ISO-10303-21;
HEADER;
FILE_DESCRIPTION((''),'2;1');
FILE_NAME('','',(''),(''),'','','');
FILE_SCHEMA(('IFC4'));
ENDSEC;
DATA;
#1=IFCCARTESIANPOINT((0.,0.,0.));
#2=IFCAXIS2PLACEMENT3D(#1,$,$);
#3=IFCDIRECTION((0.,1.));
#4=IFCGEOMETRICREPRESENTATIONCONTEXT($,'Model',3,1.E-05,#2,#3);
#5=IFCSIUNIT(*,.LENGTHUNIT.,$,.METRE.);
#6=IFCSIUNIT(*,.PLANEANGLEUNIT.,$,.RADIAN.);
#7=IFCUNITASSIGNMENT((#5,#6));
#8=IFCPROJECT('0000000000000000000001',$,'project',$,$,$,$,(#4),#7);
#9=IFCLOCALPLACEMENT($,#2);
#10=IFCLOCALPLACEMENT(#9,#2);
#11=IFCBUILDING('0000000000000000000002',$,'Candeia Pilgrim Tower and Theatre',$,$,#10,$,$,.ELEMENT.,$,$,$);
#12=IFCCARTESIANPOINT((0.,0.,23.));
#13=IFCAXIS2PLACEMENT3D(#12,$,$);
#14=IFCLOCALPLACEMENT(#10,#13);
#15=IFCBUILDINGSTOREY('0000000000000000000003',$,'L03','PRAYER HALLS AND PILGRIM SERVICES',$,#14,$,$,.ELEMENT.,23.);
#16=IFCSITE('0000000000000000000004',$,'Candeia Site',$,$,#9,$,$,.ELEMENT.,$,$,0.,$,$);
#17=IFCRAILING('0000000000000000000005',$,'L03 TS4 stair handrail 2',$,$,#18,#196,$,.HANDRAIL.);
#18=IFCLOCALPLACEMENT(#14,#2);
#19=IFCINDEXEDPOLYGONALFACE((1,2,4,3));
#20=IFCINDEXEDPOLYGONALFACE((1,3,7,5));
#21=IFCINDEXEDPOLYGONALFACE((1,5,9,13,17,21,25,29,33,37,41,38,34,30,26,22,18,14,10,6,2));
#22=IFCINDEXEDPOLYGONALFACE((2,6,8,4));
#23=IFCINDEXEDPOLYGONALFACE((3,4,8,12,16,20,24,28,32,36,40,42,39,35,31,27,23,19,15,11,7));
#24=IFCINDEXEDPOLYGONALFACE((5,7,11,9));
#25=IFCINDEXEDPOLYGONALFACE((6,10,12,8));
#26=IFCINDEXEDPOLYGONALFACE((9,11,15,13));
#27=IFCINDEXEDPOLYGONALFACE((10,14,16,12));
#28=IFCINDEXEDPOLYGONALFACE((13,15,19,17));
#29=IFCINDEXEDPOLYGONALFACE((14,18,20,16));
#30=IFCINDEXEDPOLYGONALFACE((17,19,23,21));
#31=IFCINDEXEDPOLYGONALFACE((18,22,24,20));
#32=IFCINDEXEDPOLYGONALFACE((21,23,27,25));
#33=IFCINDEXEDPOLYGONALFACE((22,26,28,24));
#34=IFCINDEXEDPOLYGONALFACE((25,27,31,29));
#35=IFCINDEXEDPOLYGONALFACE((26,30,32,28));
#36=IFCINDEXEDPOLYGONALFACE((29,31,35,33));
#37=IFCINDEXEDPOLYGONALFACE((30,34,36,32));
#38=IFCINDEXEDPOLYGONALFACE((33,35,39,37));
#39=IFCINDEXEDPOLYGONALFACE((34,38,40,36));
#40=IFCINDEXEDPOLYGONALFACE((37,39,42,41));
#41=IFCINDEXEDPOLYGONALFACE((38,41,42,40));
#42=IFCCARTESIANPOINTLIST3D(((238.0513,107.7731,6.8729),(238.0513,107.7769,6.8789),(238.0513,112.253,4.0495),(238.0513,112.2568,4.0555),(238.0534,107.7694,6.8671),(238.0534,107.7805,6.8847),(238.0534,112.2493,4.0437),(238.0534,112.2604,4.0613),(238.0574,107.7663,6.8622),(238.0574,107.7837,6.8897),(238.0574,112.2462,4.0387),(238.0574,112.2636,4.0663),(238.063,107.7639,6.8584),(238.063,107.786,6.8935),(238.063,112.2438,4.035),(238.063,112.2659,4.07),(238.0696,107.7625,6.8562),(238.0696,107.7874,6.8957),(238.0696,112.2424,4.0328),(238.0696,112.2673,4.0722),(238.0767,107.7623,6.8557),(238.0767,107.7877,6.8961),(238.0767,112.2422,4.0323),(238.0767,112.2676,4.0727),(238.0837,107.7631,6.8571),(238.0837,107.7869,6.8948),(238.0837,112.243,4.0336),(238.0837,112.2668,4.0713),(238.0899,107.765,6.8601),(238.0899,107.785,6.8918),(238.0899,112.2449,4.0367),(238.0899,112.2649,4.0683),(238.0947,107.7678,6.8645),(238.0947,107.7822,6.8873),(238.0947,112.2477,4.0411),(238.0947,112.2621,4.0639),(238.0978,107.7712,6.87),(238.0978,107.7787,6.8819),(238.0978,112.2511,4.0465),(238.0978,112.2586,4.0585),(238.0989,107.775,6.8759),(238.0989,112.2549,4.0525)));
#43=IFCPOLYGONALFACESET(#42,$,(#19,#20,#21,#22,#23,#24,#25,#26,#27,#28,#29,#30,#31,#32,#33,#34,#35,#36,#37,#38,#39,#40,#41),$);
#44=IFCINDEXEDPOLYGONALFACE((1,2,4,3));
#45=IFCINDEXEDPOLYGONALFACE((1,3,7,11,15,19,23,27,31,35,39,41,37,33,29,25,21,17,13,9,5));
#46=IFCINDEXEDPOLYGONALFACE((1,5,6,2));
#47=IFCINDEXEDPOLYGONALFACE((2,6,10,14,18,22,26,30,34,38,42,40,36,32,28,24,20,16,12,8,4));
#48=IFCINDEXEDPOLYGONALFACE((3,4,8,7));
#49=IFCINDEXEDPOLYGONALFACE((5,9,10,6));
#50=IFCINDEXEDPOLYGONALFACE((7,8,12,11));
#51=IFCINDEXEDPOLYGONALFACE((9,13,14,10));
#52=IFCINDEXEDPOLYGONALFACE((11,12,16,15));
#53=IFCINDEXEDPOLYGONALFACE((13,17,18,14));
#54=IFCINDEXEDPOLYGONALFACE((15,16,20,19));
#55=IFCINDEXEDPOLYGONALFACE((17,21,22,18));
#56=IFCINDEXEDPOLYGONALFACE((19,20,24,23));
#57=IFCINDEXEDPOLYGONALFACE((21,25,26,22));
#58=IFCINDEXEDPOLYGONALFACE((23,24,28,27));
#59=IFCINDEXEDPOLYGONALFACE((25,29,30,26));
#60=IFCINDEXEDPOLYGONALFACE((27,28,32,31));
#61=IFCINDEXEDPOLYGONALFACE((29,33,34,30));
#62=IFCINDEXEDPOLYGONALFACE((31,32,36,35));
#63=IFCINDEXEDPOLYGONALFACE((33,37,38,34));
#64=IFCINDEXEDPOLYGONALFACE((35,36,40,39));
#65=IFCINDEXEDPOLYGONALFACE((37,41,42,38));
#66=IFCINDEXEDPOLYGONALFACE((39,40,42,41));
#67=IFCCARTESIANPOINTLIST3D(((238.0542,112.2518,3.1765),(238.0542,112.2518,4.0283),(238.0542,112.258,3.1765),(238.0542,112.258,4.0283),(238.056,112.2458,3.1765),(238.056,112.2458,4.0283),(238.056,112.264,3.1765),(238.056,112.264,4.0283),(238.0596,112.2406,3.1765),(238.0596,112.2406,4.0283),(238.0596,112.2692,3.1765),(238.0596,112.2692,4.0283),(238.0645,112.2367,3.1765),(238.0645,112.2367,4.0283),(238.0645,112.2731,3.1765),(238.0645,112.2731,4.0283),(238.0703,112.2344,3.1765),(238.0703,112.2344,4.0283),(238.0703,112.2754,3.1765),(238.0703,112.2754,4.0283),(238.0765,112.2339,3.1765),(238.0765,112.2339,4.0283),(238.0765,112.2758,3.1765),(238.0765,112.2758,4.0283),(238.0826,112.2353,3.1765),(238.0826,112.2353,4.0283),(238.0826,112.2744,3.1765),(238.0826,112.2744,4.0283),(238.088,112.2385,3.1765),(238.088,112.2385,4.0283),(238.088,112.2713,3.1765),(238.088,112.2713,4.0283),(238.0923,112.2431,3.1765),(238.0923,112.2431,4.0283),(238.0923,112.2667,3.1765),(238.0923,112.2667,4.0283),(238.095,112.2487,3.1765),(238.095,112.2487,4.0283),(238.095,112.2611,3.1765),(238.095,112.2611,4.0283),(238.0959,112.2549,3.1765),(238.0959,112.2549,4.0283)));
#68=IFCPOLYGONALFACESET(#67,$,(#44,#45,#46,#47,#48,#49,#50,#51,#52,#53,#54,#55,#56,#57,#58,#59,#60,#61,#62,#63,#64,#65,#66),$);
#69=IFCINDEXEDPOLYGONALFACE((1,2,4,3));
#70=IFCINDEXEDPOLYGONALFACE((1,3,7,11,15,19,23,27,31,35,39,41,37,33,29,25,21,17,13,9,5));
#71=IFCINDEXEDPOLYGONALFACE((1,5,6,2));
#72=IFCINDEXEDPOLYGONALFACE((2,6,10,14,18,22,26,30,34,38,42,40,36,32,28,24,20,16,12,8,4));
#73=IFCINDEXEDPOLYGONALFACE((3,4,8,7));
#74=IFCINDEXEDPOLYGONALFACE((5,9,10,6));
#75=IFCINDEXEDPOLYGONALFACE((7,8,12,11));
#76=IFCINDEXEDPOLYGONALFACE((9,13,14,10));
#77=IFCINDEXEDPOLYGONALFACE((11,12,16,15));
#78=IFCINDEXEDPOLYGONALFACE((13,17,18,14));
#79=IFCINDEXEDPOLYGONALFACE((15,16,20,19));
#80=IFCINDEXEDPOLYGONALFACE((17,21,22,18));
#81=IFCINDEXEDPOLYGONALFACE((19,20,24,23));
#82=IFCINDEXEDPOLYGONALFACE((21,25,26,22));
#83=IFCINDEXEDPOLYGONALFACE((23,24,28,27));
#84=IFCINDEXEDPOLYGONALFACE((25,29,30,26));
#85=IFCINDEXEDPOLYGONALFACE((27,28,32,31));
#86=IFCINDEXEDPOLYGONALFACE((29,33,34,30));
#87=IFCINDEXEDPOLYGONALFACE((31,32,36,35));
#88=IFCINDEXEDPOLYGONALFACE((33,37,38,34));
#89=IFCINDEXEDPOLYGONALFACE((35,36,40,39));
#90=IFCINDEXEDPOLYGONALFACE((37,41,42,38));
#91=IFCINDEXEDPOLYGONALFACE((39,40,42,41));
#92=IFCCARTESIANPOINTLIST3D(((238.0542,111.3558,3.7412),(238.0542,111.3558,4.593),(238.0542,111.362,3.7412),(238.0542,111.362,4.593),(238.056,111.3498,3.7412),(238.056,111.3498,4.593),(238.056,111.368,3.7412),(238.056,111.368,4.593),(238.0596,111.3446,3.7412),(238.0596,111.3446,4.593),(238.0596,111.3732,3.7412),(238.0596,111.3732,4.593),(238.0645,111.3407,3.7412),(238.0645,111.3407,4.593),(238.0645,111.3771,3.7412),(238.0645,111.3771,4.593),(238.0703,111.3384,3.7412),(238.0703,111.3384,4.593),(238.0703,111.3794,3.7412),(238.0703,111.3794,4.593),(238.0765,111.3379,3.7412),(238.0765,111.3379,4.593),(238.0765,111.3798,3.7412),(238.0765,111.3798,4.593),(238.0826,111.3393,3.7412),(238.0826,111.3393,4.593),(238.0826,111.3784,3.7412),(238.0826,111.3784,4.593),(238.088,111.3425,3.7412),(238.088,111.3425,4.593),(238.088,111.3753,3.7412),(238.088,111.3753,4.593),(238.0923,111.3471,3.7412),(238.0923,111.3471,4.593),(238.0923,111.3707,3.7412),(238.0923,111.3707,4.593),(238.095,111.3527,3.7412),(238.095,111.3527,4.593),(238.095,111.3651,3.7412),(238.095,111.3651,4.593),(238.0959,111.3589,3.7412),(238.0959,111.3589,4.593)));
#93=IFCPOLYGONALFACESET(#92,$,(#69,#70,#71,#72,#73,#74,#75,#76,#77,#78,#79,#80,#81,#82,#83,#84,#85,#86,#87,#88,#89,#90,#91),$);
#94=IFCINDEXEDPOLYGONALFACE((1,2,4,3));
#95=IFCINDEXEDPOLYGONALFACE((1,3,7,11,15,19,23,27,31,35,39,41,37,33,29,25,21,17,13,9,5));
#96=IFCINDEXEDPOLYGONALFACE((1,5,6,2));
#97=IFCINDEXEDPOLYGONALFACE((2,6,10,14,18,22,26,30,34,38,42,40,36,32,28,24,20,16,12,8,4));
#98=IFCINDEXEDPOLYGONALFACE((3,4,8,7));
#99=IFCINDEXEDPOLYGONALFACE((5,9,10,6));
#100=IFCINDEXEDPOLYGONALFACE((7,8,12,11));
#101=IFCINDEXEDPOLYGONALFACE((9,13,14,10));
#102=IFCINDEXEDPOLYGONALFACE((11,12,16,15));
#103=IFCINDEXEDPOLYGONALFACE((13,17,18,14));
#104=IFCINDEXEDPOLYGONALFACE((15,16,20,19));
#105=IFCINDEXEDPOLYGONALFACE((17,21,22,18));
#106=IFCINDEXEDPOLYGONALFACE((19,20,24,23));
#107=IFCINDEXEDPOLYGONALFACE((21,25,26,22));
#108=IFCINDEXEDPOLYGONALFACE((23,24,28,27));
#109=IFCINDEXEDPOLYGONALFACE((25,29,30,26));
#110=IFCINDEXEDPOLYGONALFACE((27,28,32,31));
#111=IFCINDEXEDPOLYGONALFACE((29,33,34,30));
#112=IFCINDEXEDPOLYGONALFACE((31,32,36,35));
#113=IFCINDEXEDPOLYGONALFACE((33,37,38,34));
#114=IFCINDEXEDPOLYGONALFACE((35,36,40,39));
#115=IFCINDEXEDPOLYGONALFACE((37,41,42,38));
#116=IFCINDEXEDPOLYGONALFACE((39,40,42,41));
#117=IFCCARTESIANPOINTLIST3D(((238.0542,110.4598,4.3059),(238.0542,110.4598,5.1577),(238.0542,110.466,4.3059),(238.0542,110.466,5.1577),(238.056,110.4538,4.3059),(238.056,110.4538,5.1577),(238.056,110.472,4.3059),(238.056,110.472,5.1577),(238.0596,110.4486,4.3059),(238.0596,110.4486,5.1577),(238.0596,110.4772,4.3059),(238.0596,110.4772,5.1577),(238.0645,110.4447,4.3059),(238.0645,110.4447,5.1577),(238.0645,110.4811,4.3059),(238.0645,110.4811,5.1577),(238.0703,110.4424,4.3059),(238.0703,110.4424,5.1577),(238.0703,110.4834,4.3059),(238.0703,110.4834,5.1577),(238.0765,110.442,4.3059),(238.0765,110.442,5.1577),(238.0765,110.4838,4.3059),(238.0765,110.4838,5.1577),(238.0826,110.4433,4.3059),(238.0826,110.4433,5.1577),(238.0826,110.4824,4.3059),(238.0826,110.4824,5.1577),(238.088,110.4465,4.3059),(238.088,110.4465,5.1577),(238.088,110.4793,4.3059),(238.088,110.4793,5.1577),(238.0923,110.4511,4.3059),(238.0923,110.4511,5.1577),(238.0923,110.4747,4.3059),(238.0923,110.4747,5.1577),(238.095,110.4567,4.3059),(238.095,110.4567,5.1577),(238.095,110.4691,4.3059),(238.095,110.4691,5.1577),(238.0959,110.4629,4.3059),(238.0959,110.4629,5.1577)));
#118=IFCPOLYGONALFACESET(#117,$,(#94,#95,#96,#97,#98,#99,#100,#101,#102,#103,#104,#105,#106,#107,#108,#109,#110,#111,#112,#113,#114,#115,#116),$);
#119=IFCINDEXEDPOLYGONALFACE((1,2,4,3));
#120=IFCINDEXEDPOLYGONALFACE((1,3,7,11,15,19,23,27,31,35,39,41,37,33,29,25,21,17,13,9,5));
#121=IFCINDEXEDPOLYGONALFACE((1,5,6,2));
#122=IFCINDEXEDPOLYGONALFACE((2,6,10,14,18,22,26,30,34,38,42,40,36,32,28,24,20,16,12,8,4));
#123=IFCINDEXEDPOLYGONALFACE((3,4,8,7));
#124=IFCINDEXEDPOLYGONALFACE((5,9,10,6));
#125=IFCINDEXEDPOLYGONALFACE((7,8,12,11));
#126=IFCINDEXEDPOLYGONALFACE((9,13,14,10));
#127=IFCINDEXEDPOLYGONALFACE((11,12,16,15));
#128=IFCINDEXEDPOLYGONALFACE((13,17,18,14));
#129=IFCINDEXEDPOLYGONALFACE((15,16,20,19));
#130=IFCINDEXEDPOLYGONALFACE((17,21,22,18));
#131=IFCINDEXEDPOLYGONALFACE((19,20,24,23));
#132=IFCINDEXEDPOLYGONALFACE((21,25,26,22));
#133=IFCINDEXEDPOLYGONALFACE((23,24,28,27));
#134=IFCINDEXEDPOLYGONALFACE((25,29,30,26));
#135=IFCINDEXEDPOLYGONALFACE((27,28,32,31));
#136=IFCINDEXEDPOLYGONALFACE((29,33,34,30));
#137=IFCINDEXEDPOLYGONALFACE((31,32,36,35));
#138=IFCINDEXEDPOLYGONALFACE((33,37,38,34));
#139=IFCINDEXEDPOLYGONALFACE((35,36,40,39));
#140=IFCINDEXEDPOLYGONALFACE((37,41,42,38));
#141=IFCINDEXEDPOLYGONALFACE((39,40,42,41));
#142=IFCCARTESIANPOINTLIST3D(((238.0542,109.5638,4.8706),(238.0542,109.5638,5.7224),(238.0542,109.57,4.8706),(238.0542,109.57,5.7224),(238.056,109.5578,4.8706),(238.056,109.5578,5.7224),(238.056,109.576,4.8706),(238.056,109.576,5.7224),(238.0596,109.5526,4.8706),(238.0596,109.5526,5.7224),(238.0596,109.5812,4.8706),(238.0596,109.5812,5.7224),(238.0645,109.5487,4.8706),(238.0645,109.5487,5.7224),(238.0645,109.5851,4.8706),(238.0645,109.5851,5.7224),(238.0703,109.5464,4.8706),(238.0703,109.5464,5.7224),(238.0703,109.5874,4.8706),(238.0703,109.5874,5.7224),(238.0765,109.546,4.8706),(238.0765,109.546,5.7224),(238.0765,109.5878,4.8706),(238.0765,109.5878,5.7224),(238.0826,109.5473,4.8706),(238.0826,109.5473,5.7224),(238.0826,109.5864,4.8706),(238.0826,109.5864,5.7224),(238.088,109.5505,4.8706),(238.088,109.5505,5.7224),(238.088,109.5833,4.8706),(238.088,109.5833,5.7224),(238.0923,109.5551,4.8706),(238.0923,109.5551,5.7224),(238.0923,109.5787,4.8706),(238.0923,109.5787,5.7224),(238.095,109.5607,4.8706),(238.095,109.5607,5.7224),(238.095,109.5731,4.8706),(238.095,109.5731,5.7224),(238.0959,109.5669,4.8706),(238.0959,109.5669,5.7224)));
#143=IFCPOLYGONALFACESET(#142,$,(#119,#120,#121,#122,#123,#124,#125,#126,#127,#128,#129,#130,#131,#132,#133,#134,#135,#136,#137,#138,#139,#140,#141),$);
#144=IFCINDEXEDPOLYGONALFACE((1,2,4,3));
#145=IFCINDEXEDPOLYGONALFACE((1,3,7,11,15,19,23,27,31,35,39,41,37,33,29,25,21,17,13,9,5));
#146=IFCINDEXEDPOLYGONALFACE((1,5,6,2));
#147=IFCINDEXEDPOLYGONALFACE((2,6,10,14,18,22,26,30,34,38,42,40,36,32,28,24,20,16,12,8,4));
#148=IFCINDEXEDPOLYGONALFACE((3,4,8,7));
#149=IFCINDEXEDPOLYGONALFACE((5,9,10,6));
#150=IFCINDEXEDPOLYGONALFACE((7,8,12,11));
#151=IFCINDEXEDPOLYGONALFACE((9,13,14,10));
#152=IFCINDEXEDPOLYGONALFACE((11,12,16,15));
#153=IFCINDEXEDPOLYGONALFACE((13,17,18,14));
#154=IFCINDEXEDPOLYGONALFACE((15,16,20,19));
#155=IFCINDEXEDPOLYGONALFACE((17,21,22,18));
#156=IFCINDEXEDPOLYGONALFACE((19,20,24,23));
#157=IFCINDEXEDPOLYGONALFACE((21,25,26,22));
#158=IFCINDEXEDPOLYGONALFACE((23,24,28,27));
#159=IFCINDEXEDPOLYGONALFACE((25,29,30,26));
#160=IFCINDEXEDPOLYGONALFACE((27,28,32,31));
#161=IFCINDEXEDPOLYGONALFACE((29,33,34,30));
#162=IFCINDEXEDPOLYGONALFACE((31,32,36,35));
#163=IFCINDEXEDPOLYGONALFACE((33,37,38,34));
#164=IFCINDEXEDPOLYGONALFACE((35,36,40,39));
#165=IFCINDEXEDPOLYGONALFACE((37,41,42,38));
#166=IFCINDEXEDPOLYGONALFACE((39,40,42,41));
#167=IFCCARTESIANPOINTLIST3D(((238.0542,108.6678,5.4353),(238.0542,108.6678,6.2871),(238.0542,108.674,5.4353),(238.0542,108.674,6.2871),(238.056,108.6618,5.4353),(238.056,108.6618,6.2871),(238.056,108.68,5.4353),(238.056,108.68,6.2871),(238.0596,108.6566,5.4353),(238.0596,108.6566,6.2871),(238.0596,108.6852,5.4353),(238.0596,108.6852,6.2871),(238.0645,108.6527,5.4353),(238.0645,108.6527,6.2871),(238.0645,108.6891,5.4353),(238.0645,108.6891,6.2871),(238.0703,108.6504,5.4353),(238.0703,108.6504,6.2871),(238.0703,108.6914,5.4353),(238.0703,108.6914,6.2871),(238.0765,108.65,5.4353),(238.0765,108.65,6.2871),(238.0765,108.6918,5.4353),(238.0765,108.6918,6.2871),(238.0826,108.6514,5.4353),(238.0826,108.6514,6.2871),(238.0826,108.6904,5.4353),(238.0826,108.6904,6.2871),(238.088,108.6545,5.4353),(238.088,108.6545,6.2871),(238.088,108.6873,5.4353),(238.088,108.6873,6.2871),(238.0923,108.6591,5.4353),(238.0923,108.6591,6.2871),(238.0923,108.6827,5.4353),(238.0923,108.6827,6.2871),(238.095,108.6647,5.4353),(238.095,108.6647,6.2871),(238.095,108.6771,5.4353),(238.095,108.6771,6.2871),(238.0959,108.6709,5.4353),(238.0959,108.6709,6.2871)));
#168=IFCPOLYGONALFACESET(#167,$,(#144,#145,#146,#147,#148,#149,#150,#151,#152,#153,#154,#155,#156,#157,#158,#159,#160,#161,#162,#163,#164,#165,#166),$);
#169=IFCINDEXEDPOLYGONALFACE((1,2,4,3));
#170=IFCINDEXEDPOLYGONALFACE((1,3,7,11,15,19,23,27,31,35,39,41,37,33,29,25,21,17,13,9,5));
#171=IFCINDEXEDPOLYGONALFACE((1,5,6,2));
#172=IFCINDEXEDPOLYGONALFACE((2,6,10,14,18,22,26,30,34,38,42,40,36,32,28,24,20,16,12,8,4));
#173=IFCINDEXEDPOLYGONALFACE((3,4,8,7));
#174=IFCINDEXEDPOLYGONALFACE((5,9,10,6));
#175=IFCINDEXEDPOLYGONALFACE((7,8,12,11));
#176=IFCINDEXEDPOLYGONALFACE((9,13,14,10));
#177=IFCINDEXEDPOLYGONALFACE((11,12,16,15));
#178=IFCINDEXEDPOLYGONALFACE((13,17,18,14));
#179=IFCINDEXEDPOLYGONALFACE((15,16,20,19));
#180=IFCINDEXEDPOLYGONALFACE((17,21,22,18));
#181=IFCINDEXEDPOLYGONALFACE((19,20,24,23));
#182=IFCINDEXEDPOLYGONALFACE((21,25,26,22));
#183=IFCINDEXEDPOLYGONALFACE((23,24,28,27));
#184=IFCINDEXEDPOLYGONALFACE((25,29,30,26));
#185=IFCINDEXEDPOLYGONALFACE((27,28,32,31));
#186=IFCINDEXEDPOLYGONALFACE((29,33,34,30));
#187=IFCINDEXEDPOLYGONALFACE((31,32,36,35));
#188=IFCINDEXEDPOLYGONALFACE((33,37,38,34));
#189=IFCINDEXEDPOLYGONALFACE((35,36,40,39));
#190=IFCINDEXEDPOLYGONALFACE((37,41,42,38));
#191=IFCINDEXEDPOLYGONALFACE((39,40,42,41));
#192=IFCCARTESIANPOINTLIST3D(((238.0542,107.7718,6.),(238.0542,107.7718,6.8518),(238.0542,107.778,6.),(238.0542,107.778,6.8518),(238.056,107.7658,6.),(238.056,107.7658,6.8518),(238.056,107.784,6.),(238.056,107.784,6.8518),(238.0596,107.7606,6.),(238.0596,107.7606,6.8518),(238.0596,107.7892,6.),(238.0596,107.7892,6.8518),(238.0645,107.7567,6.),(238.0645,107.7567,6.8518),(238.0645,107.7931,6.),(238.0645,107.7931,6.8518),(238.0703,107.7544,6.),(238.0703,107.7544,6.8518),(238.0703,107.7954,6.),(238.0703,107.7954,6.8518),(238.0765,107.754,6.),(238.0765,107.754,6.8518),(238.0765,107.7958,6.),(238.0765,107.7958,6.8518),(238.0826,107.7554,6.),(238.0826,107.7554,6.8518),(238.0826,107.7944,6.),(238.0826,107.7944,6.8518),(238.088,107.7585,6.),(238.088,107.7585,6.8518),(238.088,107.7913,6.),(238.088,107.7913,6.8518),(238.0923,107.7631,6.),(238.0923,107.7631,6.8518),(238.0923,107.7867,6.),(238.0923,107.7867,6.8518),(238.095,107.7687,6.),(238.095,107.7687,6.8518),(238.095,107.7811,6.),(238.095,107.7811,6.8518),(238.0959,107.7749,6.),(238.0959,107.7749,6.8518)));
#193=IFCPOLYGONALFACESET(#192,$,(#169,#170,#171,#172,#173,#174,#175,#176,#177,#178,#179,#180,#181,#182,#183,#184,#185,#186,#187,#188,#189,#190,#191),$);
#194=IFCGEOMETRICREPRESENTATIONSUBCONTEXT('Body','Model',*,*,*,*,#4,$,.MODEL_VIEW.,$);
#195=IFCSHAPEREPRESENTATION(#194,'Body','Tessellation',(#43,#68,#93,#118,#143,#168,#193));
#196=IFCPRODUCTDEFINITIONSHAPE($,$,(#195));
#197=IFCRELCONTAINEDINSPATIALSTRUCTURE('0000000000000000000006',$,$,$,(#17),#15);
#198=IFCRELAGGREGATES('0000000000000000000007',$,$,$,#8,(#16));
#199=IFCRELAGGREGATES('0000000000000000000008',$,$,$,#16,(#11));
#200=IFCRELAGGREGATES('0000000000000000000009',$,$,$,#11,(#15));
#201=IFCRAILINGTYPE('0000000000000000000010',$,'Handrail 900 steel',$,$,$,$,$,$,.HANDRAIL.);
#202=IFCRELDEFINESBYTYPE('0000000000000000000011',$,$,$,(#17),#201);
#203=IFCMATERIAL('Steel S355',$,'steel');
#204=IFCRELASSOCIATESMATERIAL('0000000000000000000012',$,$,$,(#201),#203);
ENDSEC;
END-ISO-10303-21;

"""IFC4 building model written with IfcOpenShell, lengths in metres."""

from ifc_helpers import new_model, si_unit, direction, frame, origin, origin_2d, place, context, subcontext, project, spatial, circle, extrude, material, type_object, element, save


model = new_model("IFC4")

# Units and contexts
model_context = context("Model", 3, precision=1e-05, world=origin(), true_north=direction((0.0, 1.0)))
body_context = subcontext(model_context, "Body", "Model", "MODEL_VIEW")
ifc_project = project(units=[si_unit("LENGTHUNIT", "METRE"), si_unit("PLANEANGLEUNIT", "RADIAN")], contexts=[model_context])

# Site, building, storey
site_placement = place(None, origin())
site = spatial("IfcSite", under=ifc_project, at=site_placement, Name="Candeia Site", CompositionType="ELEMENT", RefElevation=0.0)
building_placement = place(site_placement, origin())
building = spatial("IfcBuilding", under=site, at=building_placement, Name="Candeia Pilgrim Tower and Theatre", CompositionType="ELEMENT")
storey_placement = place(building_placement, frame((0.0, 0.0, 23.0)))
storey = spatial("IfcBuildingStorey", under=building, at=storey_placement, Name="L03", Description="PRAYER HALLS AND PILGRIM SERVICES", CompositionType="ELEMENT", Elevation=23.0)

# Railing
ifc_material_1 = material(Name="Steel S355", Category="steel")
railing_type_1 = type_object("IfcRailingType", Name="Handrail 900 steel", PredefinedType="HANDRAIL", material=ifc_material_1)
railing_1_placement = place(storey_placement, frame((238.075, 112.2549, 3.1765)))
element("IfcRailing", 1, at=railing_1_placement, inside=storey, type_object=railing_type_1, Name="L03 TS4 stair handrail 2", PredefinedType="HANDRAIL", context=body_context, shape_type="SweptSolid", body=[
    extrude(circle(Radius=0.0239, at=origin_2d()), frame((0.0, 0.0, 0.876), z_axis=(0.0, -0.845998, 0.533186), x_axis=(1.0, 0.0, 0.0)), (0.0, 0.0, 1.0), 5.2954),
    extrude(circle(Radius=0.021, at=origin_2d()), origin(), (0.0, 0.0, 1.0), 0.8518),
    extrude(circle(Radius=0.021, at=origin_2d()), frame((0.0, -0.896, 0.5647)), (0.0, 0.0, 1.0), 0.8518),
    extrude(circle(Radius=0.021, at=origin_2d()), frame((0.0, -1.792, 1.1294)), (0.0, 0.0, 1.0), 0.8518),
    extrude(circle(Radius=0.021, at=origin_2d()), frame((0.0, -2.688, 1.6941)), (0.0, 0.0, 1.0), 0.8518),
    extrude(circle(Radius=0.021, at=origin_2d()), frame((0.0, -3.584, 2.2588)), (0.0, 0.0, 1.0), 0.8518),
    extrude(circle(Radius=0.021, at=origin_2d()), frame((0.0, -4.48, 2.8235)), (0.0, 0.0, 1.0), 0.8518),
])

save(model, "model.ifc")
